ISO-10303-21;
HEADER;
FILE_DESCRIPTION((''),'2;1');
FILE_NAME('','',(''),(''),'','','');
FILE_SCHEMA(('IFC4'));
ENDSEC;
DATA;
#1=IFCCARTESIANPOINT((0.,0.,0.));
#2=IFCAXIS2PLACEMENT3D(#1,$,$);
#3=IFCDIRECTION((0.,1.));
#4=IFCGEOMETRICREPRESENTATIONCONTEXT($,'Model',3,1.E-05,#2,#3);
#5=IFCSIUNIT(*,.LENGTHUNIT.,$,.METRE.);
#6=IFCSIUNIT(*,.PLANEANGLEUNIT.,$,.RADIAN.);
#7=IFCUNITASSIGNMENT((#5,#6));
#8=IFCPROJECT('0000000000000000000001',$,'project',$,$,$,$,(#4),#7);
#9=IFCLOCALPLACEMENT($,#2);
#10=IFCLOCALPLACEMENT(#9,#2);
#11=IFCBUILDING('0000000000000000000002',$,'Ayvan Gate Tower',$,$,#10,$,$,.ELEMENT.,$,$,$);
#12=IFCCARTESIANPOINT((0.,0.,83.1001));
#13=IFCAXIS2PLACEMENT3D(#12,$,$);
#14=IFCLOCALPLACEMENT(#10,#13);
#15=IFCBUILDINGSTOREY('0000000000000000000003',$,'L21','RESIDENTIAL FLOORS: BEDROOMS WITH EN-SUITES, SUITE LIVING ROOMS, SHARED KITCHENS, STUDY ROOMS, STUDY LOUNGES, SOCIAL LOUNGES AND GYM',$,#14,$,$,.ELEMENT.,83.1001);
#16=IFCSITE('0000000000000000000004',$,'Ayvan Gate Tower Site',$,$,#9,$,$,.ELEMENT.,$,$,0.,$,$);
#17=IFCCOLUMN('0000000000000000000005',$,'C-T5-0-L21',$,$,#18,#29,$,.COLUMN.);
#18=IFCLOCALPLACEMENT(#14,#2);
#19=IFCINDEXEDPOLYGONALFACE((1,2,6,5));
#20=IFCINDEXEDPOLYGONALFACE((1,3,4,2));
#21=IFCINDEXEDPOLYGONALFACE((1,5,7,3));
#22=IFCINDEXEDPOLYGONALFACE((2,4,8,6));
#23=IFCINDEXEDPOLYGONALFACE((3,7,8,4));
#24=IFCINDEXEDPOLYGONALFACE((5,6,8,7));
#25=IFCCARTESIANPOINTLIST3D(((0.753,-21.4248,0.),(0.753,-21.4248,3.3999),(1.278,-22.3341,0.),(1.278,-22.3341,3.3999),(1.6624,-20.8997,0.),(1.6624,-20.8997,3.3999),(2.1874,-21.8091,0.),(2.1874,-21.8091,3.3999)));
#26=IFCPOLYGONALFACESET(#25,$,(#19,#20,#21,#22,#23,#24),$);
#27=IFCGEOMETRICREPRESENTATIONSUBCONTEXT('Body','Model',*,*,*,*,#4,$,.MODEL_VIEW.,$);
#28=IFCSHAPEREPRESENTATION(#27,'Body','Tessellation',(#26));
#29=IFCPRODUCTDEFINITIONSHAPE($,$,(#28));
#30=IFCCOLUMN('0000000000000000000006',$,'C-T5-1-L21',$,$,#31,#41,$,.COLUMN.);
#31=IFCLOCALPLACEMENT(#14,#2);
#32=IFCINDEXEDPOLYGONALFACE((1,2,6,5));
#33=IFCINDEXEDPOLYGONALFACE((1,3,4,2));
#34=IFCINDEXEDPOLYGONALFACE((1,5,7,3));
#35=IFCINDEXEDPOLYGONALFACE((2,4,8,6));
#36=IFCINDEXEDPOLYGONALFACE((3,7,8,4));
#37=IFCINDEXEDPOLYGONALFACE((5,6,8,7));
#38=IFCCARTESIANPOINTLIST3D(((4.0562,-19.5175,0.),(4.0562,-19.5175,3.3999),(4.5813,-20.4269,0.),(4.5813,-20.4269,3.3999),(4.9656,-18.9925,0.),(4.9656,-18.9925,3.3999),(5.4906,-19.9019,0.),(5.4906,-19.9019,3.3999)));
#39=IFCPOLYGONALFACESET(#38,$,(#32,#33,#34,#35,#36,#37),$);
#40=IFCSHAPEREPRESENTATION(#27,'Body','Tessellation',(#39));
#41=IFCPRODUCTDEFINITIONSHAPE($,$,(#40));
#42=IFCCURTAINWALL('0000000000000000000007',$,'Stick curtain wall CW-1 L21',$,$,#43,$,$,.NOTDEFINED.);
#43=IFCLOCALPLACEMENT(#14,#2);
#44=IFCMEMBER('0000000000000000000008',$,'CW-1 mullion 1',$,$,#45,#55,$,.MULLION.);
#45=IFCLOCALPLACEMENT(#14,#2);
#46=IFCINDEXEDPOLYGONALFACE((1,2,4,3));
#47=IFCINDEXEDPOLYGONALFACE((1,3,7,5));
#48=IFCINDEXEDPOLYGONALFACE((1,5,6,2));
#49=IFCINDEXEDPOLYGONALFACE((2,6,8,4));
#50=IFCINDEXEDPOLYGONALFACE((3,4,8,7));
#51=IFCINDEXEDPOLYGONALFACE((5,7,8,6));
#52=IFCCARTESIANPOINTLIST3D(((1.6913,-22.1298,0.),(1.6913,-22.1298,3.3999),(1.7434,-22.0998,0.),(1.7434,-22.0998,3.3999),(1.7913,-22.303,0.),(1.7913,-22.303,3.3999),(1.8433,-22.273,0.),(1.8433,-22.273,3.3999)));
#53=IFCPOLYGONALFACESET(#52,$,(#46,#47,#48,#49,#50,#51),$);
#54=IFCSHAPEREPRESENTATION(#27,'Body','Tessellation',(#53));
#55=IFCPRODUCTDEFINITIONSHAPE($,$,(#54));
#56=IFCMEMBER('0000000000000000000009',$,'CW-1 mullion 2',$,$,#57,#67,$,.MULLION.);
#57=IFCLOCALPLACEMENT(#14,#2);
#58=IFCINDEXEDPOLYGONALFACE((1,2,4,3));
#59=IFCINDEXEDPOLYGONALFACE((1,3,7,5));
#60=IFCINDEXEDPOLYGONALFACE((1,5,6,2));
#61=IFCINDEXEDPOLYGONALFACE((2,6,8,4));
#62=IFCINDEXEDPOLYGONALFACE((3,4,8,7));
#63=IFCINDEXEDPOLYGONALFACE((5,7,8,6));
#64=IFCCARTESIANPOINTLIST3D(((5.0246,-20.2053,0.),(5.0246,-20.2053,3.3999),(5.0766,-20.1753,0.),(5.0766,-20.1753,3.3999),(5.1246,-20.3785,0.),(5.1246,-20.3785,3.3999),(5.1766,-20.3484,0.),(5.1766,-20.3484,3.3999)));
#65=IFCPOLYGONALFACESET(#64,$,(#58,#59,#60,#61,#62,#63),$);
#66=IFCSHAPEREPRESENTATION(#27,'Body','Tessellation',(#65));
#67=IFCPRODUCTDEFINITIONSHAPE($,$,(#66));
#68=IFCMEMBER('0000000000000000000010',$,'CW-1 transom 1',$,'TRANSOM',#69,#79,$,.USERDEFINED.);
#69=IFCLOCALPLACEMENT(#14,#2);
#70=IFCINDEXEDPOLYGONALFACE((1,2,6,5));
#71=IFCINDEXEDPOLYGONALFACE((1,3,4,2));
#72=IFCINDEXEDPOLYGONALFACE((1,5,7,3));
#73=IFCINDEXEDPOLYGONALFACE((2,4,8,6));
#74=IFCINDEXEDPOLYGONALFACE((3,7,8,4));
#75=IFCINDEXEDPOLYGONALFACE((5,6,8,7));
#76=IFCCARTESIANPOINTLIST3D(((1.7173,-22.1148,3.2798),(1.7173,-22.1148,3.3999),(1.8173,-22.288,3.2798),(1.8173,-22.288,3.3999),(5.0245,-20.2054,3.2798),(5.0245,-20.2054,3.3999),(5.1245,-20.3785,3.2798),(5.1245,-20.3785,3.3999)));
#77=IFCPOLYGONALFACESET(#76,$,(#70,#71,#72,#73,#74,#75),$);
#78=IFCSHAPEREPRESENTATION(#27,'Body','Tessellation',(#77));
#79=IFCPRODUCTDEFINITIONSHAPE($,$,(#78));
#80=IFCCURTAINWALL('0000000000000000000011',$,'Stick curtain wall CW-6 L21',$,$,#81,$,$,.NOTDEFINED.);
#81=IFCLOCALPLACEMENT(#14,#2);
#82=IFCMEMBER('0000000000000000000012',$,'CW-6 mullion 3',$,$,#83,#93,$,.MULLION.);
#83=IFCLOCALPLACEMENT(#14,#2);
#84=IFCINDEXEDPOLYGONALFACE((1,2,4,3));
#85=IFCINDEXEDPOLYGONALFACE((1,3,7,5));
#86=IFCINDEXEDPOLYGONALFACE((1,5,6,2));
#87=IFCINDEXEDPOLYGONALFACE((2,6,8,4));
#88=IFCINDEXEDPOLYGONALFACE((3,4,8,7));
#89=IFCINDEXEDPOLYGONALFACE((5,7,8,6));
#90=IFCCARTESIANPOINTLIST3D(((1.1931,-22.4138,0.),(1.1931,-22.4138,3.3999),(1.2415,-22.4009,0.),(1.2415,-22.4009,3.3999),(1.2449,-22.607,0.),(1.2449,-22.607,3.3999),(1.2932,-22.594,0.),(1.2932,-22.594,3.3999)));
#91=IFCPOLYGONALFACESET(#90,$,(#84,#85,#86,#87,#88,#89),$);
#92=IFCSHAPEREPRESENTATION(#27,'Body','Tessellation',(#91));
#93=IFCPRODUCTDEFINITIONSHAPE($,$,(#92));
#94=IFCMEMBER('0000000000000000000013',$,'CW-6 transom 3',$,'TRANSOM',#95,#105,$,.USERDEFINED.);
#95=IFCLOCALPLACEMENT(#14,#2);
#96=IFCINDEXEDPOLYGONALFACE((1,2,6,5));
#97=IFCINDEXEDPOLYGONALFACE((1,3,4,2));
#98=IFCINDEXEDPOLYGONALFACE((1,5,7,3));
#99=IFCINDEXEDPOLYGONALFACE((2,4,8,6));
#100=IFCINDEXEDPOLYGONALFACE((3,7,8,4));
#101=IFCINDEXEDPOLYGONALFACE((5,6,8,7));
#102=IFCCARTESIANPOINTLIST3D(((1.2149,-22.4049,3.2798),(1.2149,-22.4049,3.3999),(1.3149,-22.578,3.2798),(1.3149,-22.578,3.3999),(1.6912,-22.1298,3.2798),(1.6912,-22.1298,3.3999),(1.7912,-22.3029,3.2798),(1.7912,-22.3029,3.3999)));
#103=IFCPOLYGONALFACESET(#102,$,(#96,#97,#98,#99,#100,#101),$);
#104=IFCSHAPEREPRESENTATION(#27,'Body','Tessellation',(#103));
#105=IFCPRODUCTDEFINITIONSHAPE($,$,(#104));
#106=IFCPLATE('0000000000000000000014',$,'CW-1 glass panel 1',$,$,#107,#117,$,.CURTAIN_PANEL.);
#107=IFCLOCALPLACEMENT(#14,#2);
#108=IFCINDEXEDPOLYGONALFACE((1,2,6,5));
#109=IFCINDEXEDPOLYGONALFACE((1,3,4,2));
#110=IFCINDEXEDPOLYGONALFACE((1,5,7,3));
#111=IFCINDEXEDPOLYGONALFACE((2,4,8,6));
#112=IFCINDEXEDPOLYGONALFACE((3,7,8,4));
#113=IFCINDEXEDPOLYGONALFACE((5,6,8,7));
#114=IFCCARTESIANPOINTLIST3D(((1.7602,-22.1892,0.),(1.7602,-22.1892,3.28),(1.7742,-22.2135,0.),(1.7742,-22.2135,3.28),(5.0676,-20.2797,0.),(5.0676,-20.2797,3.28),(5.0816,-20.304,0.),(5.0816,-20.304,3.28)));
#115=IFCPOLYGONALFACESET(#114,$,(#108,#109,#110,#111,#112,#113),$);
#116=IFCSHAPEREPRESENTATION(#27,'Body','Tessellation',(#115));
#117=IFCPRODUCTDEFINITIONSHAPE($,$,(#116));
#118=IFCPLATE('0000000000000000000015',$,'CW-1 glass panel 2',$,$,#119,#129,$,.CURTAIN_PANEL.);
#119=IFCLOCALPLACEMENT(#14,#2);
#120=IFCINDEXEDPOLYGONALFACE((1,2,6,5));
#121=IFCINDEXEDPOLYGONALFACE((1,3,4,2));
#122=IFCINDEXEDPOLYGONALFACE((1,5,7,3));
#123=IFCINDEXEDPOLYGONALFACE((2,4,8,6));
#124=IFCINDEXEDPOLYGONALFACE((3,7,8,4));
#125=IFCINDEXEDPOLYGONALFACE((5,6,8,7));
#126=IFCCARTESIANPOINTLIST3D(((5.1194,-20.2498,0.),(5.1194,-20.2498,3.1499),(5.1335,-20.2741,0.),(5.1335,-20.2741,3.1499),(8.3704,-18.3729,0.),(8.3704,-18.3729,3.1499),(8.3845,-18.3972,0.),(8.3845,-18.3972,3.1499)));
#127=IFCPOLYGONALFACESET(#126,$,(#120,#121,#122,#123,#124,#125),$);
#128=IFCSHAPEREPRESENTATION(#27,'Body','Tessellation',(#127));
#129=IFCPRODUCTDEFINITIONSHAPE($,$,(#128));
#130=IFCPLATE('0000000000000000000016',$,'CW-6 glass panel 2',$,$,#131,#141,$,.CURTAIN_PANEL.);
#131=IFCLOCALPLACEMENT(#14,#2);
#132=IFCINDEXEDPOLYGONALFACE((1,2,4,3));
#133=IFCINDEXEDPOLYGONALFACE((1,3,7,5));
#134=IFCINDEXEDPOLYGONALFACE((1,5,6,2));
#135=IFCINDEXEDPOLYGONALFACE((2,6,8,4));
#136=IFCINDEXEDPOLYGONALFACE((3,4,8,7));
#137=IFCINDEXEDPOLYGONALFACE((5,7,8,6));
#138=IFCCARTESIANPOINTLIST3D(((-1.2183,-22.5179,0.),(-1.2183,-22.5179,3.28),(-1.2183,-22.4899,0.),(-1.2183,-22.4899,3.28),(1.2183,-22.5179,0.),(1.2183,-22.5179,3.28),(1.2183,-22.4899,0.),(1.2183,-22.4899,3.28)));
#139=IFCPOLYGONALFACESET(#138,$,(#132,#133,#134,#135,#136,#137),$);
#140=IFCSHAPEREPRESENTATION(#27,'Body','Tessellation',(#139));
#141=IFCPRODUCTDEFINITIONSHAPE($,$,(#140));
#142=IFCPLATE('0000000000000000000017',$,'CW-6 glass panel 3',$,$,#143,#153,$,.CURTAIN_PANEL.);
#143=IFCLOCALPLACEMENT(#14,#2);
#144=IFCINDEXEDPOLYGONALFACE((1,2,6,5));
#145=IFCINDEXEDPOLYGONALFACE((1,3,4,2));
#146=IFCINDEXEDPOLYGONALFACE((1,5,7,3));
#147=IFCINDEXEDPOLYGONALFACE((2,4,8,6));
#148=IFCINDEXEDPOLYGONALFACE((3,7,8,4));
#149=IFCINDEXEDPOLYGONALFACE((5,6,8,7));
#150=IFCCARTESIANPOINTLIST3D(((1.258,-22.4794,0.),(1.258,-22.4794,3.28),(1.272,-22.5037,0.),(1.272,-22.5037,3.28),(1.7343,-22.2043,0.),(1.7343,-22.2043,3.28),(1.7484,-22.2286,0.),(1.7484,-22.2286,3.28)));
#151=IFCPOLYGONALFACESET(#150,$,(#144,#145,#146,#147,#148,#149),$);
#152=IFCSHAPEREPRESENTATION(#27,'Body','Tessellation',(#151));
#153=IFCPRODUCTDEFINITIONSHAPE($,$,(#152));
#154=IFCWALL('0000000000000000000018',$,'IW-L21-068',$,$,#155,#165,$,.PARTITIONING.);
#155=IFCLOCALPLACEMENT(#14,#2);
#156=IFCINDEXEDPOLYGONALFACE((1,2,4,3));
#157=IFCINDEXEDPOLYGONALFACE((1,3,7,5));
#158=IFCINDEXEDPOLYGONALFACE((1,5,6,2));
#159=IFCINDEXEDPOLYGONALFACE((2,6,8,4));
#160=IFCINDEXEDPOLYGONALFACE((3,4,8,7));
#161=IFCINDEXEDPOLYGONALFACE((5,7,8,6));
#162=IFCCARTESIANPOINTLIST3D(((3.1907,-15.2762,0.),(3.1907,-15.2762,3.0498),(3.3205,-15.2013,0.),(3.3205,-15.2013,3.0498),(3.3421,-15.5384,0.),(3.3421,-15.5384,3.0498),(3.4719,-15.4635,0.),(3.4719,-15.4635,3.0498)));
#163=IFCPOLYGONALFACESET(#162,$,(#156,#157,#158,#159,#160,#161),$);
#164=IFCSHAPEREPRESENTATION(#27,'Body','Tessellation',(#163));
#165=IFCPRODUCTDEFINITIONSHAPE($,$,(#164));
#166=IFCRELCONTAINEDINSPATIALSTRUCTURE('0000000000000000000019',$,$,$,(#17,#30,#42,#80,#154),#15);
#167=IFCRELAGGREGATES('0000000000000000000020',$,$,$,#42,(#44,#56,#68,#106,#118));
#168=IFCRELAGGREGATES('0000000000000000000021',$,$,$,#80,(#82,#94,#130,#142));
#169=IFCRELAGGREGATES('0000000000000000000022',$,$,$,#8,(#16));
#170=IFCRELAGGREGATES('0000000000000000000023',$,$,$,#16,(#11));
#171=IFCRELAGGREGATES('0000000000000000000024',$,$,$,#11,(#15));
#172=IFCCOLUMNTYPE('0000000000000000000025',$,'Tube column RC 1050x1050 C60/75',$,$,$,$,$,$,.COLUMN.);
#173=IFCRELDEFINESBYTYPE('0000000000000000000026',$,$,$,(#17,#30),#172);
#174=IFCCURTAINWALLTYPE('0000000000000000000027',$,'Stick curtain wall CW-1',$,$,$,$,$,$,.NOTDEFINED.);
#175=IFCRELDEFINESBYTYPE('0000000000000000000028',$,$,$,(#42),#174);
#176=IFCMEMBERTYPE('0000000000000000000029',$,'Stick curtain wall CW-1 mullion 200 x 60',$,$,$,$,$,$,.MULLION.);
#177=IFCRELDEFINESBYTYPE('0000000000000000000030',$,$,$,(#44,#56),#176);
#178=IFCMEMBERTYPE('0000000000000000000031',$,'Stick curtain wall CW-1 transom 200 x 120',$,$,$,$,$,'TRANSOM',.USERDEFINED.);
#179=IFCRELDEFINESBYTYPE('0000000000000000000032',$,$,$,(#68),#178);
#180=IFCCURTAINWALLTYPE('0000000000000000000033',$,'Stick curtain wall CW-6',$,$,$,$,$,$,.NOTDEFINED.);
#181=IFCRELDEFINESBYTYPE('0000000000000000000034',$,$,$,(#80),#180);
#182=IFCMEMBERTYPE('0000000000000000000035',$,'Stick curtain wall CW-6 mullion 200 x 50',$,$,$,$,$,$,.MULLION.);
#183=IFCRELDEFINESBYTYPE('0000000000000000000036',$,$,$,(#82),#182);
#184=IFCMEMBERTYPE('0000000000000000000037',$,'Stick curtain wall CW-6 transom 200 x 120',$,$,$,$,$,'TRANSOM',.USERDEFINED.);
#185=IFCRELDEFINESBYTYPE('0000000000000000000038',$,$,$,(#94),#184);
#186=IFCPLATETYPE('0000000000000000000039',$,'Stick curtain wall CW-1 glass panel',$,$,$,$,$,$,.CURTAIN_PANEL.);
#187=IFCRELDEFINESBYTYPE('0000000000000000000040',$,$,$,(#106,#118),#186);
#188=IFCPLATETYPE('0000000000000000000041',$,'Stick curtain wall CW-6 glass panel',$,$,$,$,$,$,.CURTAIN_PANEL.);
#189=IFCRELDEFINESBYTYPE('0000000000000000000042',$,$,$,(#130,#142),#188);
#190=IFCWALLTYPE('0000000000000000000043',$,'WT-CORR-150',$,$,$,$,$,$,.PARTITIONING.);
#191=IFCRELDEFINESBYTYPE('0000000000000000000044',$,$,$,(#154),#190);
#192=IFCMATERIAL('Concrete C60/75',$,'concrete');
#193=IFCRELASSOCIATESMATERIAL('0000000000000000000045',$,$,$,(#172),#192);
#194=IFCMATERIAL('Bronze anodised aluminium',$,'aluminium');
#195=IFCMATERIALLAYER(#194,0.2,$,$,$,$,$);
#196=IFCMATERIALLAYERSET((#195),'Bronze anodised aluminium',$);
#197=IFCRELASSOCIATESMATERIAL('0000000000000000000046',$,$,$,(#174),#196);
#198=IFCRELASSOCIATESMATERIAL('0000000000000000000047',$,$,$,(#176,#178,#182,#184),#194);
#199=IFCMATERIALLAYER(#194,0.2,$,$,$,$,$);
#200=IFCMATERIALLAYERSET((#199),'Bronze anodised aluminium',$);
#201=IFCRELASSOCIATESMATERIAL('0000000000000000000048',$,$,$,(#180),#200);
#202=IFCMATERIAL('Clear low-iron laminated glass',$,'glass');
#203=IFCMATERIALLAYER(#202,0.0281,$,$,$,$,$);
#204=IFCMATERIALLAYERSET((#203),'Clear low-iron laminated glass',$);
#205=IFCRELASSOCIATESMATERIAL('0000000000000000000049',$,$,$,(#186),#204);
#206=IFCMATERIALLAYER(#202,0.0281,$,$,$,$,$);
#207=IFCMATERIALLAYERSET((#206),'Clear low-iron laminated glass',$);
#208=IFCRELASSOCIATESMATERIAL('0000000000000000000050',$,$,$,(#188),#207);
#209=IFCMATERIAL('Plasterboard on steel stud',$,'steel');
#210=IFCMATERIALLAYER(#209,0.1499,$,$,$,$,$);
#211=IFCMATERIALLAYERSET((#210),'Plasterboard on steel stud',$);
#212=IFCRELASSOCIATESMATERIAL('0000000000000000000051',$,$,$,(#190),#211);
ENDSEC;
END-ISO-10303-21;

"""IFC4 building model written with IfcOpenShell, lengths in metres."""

from ifc_helpers import new_model, si_unit, direction, frame, frame_2d, origin, origin_2d, place, context, subcontext, project, spatial, rectangle, extrude, material, layer, layer_set, material_profile, profile_set, type_object, element, aggregate, save


model = new_model("IFC4")

# Units and contexts
model_context = context("Model", 3, precision=1e-05, world=origin(), true_north=direction((0.0, 1.0)))
body_context = subcontext(model_context, "Body", "Model", "MODEL_VIEW")
ifc_project = project(units=[si_unit("LENGTHUNIT", "METRE"), si_unit("PLANEANGLEUNIT", "RADIAN")], contexts=[model_context])

# Site, building, storey
site_placement = place(None, origin())
site = spatial("IfcSite", under=ifc_project, at=site_placement, Name="Ayvan Gate Tower Site", CompositionType="ELEMENT", RefElevation=0.0)
building_placement = place(site_placement, origin())
building = spatial("IfcBuilding", under=site, at=building_placement, Name="Ayvan Gate Tower", CompositionType="ELEMENT")
storey_placement = place(building_placement, frame((0.0, 0.0, 83.1001)))
storey = spatial("IfcBuildingStorey", under=building, at=storey_placement, Name="L21", Description="RESIDENTIAL FLOORS: BEDROOMS WITH EN-SUITES, SUITE LIVING ROOMS, SHARED KITCHENS, STUDY ROOMS, STUDY LOUNGES, SOCIAL LOUNGES AND GYM", CompositionType="ELEMENT", Elevation=83.1001)

# Columns
ifc_material_1 = material(Name="Concrete C60/75", Category="concrete")
ifc_material_profile_1 = material_profile(ifc_material_1, rectangle(XDim=1.05, YDim=1.05, at=origin_2d()), Name="RC 1050x1050")
ifc_profile_set_1 = profile_set([ifc_material_profile_1], Name="Concrete C60/75")
column_type = type_object("IfcColumnType", Name="Tube column RC 1050x1050 C60/75", PredefinedType="COLUMN", material=ifc_profile_set_1)
for number, where, z_axis, x_axis, name in (
    (1, (1.4702, -21.6169, 0.0), (0.0, 0.0, 1.0), (0.5, -0.866025, 0.0), "C-T5-0-L21"),
    (2, (4.7734, -19.7097, 0.0), (0.0, 0.0, 1.0), (0.5, -0.866025, 0.0), "C-T5-1-L21"),
):
    element("IfcColumn", number, at=place(storey_placement, frame(where, z_axis=z_axis, x_axis=x_axis)), inside=storey, type_object=column_type, Name=name, PredefinedType="COLUMN", context=body_context, shape_type="SweptSolid", body=[
        extrude(rectangle(XDim=1.05, YDim=1.05, at=origin_2d()), origin(), (0.0, 0.0, 1.0), 3.3999),
    ])

# Curtain walls, members
ifc_material_2 = material(Name="Bronze anodised aluminium", Category="aluminium")
ifc_layer_1 = layer(ifc_material_2, 0.2)
ifc_layer_set_1 = layer_set([ifc_layer_1], Name="Bronze anodised aluminium")
curtain_wall_type_1 = type_object("IfcCurtainWallType", Name="Stick curtain wall CW-1", PredefinedType="NOTDEFINED", material=ifc_layer_set_1)
curtain_wall_1_placement = place(storey_placement, origin())
curtain_wall_1 = element("IfcCurtainWall", 3, at=curtain_wall_1_placement, inside=storey, type_object=curtain_wall_type_1, Name="Stick curtain wall CW-1 L21", PredefinedType="NOTDEFINED")
ifc_material_profile_2 = material_profile(ifc_material_2, rectangle(XDim=0.2, YDim=0.0601, at=origin_2d()), Name="Stick curtain wall CW-1 mullion 200 x 60")
ifc_profile_set_2 = profile_set([ifc_material_profile_2], Name="Bronze anodised aluminium")
member_type_1 = type_object("IfcMemberType", Name="Stick curtain wall CW-1 mullion 200 x 60", PredefinedType="MULLION", material=ifc_profile_set_2)
member_1_placement = place(storey_placement, frame((1.7673, -22.2014, 0.0), z_axis=(0.0, 0.0, 1.0), x_axis=(0.5, -0.866025, 0.0)))
member_1 = element("IfcMember", 4, at=member_1_placement, type_object=member_type_1, Name="CW-1 mullion 1", PredefinedType="MULLION", context=body_context, shape_type="SweptSolid", body=[
    extrude(rectangle(XDim=0.2, YDim=0.0601, at=origin_2d()), origin(), (0.0, 0.0, 1.0), 3.3999),
])
member_2_placement = place(storey_placement, frame((5.1006, -20.2769, 0.0), z_axis=(0.0, 0.0, 1.0), x_axis=(0.5, -0.866025, 0.0)))
member_2 = element("IfcMember", 5, at=member_2_placement, type_object=member_type_1, Name="CW-1 mullion 2", PredefinedType="MULLION", context=body_context, shape_type="SweptSolid", body=[
    extrude(rectangle(XDim=0.2, YDim=0.0601, at=origin_2d()), origin(), (0.0, 0.0, 1.0), 3.3999),
])
ifc_material_profile_3 = material_profile(ifc_material_2, rectangle(XDim=0.2, YDim=0.1201, at=origin_2d()), Name="Stick curtain wall CW-1 transom 200 x 120")
ifc_profile_set_3 = profile_set([ifc_material_profile_3], Name="Bronze anodised aluminium")
member_type_2 = type_object("IfcMemberType", Name="Stick curtain wall CW-1 transom 200 x 120", ElementType="TRANSOM", PredefinedType="USERDEFINED", material=ifc_profile_set_3)
member_3_placement = place(storey_placement, frame((1.7673, -22.2014, 3.3398), z_axis=(0.86602, 0.50001, 0.0), x_axis=(-0.50001, 0.86602, 0.0)))
member_3 = element("IfcMember", 6, at=member_3_placement, type_object=member_type_2, Name="CW-1 transom 1", ObjectType="TRANSOM", PredefinedType="USERDEFINED", context=body_context, shape_type="SweptSolid", body=[
    extrude(rectangle(XDim=0.2, YDim=0.1201, at=origin_2d()), origin(), (0.0, 0.0, 1.0), 3.8188),
])
ifc_layer_2 = layer(ifc_material_2, 0.2)
ifc_layer_set_2 = layer_set([ifc_layer_2], Name="Bronze anodised aluminium")
curtain_wall_type_2 = type_object("IfcCurtainWallType", Name="Stick curtain wall CW-6", PredefinedType="NOTDEFINED", material=ifc_layer_set_2)
curtain_wall_2_placement = place(storey_placement, origin())
curtain_wall_2 = element("IfcCurtainWall", 7, at=curtain_wall_2_placement, inside=storey, type_object=curtain_wall_type_2, Name="Stick curtain wall CW-6 L21", PredefinedType="NOTDEFINED")
ifc_material_profile_4 = material_profile(ifc_material_2, rectangle(XDim=0.2, YDim=0.05, at=origin_2d()), Name="Stick curtain wall CW-6 mullion 200 x 50")
ifc_profile_set_4 = profile_set([ifc_material_profile_4], Name="Bronze anodised aluminium")
member_type_3 = type_object("IfcMemberType", Name="Stick curtain wall CW-6 mullion 200 x 50", PredefinedType="MULLION", material=ifc_profile_set_4)
member_4_placement = place(storey_placement, frame((1.2432, -22.5039, 0.0), z_axis=(0.0, 0.0, 1.0), x_axis=(0.258819, -0.965926, 0.0)))
member_4 = element("IfcMember", 8, at=member_4_placement, type_object=member_type_3, Name="CW-6 mullion 3", PredefinedType="MULLION", context=body_context, shape_type="SweptSolid", body=[
    extrude(rectangle(XDim=0.2, YDim=0.05, at=origin_2d()), origin(), (0.0, 0.0, 1.0), 3.3999),
])
ifc_material_profile_5 = material_profile(ifc_material_2, rectangle(XDim=0.2, YDim=0.1201, at=origin_2d()), Name="Stick curtain wall CW-6 transom 200 x 120")
ifc_profile_set_5 = profile_set([ifc_material_profile_5], Name="Bronze anodised aluminium")
member_type_4 = type_object("IfcMemberType", Name="Stick curtain wall CW-6 transom 200 x 120", ElementType="TRANSOM", PredefinedType="USERDEFINED", material=ifc_profile_set_5)
member_5_placement = place(storey_placement, frame((1.2649, -22.4915, 3.3398), z_axis=(0.865912, 0.500196, 0.0), x_axis=(-0.500196, 0.865912, 0.0)))
member_5 = element("IfcMember", 9, at=member_5_placement, type_object=member_type_4, Name="CW-6 transom 3", ObjectType="TRANSOM", PredefinedType="USERDEFINED", context=body_context, shape_type="SweptSolid", body=[
    extrude(rectangle(XDim=0.2, YDim=0.1201, at=origin_2d()), origin(), (0.0, 0.0, 1.0), 0.55),
])

# Plates
ifc_material_3 = material(Name="Clear low-iron laminated glass", Category="glass")
ifc_layer_3 = layer(ifc_material_3, 0.0281)
ifc_layer_set_3 = layer_set([ifc_layer_3], Name="Clear low-iron laminated glass")
plate_type_1 = type_object("IfcPlateType", Name="Stick curtain wall CW-1 glass panel", PredefinedType="CURTAIN_PANEL", material=ifc_layer_set_3)
plate_1_placement = place(storey_placement, frame((3.4209, -21.2466, 0.0), z_axis=(0.0, 0.0, 1.0), x_axis=(0.866025, 0.5, 0.0)))
plate_1 = element("IfcPlate", 10, at=plate_1_placement, type_object=plate_type_1, Name="CW-1 glass panel 1", PredefinedType="CURTAIN_PANEL", context=body_context, shape_type="SweptSolid", body=[
    extrude(rectangle(XDim=3.8191, YDim=0.0281, at=origin_2d()), origin(), (0.0, 0.0, 1.0), 3.28),
])
plate_2_placement = place(storey_placement, frame((6.752, -19.3235, 0.0), z_axis=(0.0, 0.0, 1.0), x_axis=(0.866025, 0.5, 0.0)))
plate_2 = element("IfcPlate", 11, at=plate_2_placement, type_object=plate_type_1, Name="CW-1 glass panel 2", PredefinedType="CURTAIN_PANEL", context=body_context, shape_type="SweptSolid", body=[
    extrude(rectangle(XDim=3.7539, YDim=0.0281, at=origin_2d()), origin(), (0.0, 0.0, 1.0), 3.1499),
])
aggregate(curtain_wall_1, [member_1, member_2, member_3, plate_1, plate_2])
ifc_layer_4 = layer(ifc_material_3, 0.0281)
ifc_layer_set_4 = layer_set([ifc_layer_4], Name="Clear low-iron laminated glass")
plate_type_2 = type_object("IfcPlateType", Name="Stick curtain wall CW-6 glass panel", PredefinedType="CURTAIN_PANEL", material=ifc_layer_set_4)
plate_3_placement = place(storey_placement, frame((0.0, -22.5039, 0.0), z_axis=(0.0, 0.0, 1.0), x_axis=(1.0, 0.0, 0.0)))
plate_3 = element("IfcPlate", 12, at=plate_3_placement, type_object=plate_type_2, Name="CW-6 glass panel 2", PredefinedType="CURTAIN_PANEL", context=body_context, shape_type="SweptSolid", body=[
    extrude(rectangle(XDim=2.4365, YDim=0.0281, at=origin_2d()), origin(), (0.0, 0.0, 1.0), 3.28),
])
plate_4_placement = place(storey_placement, frame((1.5032, -22.354, 0.0), z_axis=(0.0, 0.0, 1.0), x_axis=(0.866025, 0.5, 0.0)))
plate_4 = element("IfcPlate", 13, at=plate_4_placement, type_object=plate_type_2, Name="CW-6 glass panel 3", PredefinedType="CURTAIN_PANEL", context=body_context, shape_type="SweptSolid", body=[
    extrude(rectangle(XDim=0.55, YDim=0.0281, at=origin_2d()), origin(), (0.0, 0.0, 1.0), 3.28),
])
aggregate(curtain_wall_2, [member_4, member_5, plate_3, plate_4])

# Wall
ifc_material_4 = material(Name="Plasterboard on steel stud", Category="steel")
ifc_layer_5 = layer(ifc_material_4, 0.1499)
ifc_layer_set_5 = layer_set([ifc_layer_5], Name="Plasterboard on steel stud")
wall_type_1 = type_object("IfcWallType", Name="WT-CORR-150", PredefinedType="PARTITIONING", material=ifc_layer_set_5)
wall_1_placement = place(storey_placement, frame((3.2556, -15.2388, 0.0), z_axis=(0.0, 0.0, 1.0), x_axis=(0.499955, -0.866051, 0.0)))
element("IfcWall", 14, at=wall_1_placement, inside=storey, type_object=wall_type_1, Name="IW-L21-068", PredefinedType="PARTITIONING", context=body_context, shape_type="SweptSolid", body=[
    extrude(rectangle(XDim=0.3027, YDim=0.1499, at=frame_2d((0.1514, 0.0))), origin(), (0.0, 0.0, 1.0), 3.0498),
])

save(model, "model.ifc")
